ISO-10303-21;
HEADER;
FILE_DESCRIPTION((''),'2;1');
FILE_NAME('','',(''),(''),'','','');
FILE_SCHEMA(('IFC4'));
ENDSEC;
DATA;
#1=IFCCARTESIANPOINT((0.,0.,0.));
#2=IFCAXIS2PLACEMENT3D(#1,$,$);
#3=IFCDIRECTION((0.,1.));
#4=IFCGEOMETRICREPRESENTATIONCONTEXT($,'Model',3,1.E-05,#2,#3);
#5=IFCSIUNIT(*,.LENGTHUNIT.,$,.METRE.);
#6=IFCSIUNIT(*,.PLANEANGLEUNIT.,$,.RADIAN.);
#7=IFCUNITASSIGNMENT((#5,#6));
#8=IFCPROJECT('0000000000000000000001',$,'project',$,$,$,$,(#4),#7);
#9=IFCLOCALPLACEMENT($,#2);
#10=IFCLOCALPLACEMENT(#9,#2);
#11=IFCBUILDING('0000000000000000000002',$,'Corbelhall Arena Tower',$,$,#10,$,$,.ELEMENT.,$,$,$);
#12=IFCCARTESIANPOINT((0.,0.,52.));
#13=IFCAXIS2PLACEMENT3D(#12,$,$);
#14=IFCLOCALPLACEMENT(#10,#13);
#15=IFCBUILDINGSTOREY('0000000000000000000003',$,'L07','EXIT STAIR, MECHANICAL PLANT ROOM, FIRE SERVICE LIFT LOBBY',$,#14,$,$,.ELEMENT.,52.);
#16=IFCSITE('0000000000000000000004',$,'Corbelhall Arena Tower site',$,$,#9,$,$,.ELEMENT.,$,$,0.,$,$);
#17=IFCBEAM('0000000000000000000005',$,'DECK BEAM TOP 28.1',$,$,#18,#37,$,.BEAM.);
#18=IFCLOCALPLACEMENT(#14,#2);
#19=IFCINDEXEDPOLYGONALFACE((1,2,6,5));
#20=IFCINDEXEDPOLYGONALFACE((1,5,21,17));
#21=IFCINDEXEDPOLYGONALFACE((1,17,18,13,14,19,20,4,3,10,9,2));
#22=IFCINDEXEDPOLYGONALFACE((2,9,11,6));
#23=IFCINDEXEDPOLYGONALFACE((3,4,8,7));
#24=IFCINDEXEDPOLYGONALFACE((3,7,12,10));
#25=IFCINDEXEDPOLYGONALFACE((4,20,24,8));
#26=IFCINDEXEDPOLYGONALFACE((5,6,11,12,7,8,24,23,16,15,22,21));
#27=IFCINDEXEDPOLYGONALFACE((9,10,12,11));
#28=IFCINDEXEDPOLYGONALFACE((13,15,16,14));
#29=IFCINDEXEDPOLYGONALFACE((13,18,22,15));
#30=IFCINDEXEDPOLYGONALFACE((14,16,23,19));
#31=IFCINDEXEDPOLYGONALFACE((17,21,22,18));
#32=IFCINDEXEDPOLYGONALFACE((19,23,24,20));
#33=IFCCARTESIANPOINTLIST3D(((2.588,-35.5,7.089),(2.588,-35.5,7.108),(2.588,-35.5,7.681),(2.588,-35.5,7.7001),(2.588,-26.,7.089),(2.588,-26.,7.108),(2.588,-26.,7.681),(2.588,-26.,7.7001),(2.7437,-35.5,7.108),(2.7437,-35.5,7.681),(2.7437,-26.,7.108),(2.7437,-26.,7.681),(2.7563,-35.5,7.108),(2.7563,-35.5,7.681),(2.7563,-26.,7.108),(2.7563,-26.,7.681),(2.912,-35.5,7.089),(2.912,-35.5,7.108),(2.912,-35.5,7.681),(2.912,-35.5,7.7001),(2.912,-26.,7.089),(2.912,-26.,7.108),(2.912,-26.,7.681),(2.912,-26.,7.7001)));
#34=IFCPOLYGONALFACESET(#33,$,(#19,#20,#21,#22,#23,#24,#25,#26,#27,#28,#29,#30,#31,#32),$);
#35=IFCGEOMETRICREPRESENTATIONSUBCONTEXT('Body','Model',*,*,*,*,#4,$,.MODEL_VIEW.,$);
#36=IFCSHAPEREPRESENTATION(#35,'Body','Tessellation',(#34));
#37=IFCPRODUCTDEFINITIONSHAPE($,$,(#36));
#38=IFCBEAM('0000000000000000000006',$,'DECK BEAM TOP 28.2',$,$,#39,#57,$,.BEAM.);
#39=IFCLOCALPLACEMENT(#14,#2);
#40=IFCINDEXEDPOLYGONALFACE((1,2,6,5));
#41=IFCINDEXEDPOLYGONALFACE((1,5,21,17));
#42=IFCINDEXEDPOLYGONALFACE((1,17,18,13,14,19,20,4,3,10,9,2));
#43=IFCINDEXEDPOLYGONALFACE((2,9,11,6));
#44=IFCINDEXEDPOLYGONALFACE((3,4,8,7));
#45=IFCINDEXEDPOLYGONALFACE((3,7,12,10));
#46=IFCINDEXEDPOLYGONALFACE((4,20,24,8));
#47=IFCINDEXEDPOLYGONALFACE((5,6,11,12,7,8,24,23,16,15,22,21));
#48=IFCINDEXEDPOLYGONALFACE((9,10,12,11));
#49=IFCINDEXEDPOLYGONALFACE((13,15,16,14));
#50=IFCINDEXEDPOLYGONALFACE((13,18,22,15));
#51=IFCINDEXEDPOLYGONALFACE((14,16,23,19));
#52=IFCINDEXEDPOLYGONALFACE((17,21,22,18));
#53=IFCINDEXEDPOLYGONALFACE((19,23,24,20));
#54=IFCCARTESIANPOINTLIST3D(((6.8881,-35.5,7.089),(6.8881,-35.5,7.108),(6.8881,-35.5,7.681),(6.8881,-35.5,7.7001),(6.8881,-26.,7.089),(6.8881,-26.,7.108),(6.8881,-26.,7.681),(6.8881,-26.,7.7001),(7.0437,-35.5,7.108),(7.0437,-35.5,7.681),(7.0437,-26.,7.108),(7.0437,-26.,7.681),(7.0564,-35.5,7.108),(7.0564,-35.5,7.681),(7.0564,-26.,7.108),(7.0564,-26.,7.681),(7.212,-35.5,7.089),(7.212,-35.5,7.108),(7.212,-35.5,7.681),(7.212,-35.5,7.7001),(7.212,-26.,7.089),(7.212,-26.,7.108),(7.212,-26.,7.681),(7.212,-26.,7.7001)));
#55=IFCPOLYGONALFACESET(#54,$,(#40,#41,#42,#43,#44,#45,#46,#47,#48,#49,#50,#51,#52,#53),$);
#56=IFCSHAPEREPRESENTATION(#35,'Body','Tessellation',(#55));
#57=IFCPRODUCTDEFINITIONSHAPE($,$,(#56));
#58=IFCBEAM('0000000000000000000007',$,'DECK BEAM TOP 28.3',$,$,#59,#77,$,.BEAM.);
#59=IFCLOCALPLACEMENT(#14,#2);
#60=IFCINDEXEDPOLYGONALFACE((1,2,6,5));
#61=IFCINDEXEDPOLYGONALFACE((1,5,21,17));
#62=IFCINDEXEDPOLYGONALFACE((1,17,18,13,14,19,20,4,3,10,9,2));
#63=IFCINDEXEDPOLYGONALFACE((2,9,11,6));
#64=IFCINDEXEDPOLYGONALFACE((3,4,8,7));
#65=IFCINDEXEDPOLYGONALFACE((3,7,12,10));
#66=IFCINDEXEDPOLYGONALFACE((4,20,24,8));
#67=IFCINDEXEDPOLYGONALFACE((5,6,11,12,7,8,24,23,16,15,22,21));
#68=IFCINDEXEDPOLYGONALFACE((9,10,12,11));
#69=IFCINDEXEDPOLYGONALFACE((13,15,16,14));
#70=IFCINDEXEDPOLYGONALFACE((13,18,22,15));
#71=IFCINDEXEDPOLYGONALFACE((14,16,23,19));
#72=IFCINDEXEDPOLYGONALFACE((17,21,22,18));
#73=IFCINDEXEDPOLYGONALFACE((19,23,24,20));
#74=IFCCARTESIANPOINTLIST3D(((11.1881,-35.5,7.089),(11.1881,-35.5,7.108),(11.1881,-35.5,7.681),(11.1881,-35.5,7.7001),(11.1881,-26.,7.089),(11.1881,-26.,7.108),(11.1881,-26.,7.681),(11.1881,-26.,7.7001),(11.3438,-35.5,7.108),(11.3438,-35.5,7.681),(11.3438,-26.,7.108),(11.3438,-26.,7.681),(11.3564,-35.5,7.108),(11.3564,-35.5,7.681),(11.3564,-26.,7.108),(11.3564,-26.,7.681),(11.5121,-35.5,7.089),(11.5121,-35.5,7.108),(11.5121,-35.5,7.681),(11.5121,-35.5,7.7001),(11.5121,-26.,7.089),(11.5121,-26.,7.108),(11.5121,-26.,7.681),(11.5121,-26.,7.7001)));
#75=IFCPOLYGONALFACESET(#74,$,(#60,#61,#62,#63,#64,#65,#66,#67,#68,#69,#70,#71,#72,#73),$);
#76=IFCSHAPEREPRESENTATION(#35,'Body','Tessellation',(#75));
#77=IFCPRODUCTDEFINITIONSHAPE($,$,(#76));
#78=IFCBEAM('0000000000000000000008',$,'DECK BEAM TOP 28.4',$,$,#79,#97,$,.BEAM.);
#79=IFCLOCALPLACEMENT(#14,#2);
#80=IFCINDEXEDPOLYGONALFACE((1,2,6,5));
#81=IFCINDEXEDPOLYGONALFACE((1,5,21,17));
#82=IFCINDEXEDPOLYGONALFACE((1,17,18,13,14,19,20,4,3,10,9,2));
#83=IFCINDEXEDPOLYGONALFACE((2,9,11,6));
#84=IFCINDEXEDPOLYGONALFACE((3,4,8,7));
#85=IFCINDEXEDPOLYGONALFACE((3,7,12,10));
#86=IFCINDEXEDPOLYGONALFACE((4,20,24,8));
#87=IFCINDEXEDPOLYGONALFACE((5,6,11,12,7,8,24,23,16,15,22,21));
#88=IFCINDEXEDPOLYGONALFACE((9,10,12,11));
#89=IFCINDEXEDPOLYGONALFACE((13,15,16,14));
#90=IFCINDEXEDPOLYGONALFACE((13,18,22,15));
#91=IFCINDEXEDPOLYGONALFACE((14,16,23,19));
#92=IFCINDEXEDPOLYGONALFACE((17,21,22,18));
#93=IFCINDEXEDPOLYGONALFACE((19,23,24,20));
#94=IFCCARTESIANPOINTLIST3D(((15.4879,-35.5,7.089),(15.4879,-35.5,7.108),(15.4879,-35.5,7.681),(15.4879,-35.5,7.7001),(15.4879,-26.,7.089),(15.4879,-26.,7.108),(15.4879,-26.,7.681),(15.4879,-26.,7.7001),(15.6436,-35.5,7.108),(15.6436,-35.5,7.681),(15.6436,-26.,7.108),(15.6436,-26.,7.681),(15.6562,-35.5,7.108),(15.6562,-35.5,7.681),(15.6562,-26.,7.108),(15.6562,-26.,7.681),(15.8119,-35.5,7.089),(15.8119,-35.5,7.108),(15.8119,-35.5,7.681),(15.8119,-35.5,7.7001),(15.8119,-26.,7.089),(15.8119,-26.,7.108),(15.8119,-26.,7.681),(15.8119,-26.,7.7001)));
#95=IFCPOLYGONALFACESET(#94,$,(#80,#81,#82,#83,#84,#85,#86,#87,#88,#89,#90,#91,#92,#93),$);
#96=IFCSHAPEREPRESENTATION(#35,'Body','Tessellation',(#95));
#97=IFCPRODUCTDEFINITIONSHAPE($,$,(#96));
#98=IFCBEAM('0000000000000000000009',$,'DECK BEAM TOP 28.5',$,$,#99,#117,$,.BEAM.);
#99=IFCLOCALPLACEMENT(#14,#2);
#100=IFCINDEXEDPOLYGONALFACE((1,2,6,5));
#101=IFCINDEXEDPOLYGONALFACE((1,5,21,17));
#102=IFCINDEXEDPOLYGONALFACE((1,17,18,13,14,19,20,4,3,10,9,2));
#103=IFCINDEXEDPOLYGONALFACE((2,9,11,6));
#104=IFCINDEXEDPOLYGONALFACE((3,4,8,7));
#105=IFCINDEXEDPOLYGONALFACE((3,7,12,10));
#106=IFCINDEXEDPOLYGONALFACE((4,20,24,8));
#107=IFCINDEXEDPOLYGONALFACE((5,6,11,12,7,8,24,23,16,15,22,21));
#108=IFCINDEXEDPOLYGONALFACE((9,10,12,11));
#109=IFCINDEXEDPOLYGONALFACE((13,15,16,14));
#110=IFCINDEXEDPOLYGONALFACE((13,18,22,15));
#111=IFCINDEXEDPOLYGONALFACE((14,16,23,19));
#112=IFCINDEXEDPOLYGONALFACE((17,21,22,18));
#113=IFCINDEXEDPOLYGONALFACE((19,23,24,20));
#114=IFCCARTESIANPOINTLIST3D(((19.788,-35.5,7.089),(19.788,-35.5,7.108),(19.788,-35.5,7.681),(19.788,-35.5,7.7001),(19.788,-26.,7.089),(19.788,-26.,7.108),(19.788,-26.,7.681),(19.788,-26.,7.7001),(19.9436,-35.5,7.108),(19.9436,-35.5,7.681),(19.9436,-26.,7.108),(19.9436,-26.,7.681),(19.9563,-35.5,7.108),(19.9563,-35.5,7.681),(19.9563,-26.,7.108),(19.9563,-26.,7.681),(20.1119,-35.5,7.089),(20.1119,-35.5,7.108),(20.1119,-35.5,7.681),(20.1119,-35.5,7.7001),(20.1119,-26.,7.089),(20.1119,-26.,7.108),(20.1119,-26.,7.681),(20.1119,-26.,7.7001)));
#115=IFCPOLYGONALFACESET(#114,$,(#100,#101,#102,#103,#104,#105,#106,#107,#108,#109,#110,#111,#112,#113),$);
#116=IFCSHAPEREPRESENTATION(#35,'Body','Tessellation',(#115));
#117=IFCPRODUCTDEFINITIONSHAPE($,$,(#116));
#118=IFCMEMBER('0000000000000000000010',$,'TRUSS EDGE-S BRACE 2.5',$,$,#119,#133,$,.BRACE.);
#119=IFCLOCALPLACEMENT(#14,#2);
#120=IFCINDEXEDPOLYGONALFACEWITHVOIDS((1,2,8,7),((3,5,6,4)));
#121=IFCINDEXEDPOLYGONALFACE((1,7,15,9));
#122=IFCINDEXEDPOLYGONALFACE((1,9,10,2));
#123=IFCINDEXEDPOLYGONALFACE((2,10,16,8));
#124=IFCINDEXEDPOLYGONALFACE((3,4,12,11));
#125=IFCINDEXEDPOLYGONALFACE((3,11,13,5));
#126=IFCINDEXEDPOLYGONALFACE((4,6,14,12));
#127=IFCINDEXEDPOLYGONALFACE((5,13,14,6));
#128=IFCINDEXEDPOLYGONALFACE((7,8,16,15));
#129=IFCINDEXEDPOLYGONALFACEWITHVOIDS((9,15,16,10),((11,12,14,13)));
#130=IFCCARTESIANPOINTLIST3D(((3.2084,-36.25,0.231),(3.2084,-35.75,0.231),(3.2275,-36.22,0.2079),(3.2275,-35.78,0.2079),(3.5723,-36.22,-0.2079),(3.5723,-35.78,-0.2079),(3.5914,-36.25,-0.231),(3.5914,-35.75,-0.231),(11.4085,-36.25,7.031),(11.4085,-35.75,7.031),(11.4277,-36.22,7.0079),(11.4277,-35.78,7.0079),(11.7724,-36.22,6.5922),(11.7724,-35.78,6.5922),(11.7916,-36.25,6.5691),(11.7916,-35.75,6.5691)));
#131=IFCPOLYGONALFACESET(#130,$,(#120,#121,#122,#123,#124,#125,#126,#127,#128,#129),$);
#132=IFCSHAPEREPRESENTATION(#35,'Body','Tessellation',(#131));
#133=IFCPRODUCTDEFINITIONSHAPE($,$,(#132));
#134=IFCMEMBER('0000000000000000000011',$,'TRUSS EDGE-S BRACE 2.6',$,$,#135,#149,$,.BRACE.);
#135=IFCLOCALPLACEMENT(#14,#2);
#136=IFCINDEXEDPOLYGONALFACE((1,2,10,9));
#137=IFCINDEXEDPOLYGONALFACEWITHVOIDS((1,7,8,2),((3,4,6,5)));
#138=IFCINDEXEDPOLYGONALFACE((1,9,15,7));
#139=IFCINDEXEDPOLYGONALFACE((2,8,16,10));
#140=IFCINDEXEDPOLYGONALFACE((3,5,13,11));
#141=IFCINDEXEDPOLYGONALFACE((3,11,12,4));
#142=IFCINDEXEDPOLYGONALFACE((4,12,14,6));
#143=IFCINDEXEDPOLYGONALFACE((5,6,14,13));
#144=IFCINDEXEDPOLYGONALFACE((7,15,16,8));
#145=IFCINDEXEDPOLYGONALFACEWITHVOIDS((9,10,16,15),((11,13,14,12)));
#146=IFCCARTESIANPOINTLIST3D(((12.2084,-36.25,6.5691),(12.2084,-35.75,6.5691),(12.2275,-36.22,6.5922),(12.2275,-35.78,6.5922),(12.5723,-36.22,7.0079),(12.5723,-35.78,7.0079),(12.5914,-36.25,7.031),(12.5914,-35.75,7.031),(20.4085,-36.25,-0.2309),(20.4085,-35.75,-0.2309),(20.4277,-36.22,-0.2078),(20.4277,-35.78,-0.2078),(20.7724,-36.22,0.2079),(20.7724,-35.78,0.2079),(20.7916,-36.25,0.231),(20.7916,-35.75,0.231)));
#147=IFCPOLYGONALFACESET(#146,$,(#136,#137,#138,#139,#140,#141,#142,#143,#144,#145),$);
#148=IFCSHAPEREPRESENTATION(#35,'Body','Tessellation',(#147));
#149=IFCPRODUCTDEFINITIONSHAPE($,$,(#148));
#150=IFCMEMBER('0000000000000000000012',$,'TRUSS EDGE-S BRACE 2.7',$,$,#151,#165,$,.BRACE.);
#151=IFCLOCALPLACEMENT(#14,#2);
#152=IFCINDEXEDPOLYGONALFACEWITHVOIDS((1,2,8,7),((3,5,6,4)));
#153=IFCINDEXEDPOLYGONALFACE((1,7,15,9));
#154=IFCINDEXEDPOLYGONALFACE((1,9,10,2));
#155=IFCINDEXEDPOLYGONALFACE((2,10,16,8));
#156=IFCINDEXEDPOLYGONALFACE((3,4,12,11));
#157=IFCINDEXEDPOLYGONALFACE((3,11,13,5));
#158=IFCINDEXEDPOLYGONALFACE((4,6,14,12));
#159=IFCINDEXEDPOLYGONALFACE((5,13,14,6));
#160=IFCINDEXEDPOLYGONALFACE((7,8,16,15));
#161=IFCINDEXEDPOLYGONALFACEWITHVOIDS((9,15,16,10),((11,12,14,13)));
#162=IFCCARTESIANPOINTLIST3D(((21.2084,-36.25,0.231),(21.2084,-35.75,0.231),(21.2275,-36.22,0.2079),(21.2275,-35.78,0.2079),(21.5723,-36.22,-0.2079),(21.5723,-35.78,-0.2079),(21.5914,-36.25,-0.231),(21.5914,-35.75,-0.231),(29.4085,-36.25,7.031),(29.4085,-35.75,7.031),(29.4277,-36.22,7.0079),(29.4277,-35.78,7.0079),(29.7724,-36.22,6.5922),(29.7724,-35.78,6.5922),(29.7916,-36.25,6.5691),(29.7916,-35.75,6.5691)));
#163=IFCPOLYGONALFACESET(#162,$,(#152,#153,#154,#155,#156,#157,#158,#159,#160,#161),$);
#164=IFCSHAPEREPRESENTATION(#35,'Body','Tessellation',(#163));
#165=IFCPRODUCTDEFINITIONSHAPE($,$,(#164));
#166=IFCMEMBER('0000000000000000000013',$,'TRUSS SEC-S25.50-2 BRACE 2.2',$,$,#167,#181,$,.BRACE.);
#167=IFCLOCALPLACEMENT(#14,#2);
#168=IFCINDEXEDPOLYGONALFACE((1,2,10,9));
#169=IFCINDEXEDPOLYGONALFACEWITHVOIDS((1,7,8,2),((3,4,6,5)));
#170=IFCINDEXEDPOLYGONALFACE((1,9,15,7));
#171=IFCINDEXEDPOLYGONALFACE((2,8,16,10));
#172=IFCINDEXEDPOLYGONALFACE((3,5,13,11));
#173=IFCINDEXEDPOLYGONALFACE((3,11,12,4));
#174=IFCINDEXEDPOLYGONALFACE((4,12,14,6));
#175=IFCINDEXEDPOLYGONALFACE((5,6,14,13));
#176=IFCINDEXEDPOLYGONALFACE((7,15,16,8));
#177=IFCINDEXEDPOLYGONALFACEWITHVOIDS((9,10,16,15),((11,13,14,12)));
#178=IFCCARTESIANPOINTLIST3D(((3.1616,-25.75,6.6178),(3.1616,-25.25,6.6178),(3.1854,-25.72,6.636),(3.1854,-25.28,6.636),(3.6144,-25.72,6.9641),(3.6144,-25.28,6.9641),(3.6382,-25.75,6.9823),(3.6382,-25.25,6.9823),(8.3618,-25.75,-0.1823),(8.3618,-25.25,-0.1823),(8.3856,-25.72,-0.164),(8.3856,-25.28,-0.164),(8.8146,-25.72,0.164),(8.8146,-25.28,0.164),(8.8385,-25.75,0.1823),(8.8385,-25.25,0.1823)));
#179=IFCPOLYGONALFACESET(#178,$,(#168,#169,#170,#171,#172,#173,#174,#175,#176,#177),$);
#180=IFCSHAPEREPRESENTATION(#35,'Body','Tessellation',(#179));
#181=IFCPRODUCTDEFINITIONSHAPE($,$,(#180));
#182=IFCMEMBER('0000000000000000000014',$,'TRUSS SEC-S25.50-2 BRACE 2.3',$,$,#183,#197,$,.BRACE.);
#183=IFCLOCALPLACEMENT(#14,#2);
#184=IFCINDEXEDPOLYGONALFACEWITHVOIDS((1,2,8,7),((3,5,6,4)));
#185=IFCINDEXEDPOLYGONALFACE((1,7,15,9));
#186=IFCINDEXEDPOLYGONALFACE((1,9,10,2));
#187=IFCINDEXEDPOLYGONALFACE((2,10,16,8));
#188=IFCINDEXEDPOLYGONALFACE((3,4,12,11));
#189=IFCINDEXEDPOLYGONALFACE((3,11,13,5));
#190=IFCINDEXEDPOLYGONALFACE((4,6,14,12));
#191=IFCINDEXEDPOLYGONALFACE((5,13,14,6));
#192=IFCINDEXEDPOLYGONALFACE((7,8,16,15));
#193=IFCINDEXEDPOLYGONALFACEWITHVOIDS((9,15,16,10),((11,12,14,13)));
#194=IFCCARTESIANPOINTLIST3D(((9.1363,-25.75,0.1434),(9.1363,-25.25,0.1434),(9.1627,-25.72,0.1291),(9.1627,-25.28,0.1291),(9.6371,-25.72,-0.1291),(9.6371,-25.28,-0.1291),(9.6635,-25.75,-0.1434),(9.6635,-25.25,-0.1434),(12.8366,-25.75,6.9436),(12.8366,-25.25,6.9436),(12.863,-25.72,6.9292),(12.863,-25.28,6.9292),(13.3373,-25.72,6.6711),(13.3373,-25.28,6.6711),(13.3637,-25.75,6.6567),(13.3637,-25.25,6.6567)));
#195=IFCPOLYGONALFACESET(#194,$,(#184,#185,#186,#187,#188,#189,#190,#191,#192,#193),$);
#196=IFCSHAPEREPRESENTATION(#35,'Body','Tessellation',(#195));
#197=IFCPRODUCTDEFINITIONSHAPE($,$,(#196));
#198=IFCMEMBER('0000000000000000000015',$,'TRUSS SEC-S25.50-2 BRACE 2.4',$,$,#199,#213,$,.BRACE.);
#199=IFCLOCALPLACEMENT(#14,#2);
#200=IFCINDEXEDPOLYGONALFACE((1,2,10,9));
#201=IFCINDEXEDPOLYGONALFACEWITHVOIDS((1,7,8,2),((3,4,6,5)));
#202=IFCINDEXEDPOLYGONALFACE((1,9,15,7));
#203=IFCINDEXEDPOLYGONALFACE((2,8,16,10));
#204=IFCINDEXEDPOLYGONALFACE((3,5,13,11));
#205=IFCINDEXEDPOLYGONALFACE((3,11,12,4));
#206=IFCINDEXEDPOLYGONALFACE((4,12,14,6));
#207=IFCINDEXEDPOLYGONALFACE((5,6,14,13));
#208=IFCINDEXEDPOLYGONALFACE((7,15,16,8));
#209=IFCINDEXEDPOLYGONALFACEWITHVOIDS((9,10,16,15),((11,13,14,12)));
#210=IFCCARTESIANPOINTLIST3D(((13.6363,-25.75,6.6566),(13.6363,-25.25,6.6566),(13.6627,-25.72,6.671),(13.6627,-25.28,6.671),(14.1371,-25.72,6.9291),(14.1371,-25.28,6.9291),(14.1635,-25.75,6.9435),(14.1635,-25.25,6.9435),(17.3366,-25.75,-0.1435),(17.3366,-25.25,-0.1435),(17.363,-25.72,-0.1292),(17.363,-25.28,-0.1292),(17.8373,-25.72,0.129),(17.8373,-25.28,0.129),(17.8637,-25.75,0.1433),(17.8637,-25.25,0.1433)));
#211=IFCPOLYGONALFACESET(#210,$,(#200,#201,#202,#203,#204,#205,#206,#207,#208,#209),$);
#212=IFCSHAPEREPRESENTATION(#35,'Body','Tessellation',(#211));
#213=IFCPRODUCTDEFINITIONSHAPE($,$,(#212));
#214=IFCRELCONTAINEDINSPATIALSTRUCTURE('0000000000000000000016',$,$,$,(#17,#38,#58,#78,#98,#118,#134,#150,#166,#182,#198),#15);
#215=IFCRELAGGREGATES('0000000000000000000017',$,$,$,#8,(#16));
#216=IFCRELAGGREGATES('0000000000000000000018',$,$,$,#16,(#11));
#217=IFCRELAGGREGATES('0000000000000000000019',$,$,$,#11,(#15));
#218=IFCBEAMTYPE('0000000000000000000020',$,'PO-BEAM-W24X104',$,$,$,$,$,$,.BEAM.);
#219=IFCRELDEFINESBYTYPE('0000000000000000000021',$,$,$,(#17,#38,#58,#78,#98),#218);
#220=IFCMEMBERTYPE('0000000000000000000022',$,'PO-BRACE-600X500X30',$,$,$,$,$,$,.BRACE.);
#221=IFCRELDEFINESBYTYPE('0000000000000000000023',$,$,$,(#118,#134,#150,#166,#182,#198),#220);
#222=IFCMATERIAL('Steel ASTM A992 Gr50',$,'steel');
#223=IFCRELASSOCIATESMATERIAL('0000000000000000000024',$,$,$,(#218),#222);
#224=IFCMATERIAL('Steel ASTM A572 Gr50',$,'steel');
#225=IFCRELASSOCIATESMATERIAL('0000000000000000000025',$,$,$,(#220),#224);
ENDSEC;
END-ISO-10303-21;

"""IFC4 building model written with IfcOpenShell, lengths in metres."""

from ifc_helpers import new_model, si_unit, direction, frame, origin, origin_2d, place, context, subcontext, project, spatial, hollow_rectangle, i_section, extrude, material, material_profile, profile_set, type_object, element, save


model = new_model("IFC4")

# Units and contexts
model_context = context("Model", 3, precision=1e-05, world=origin(), true_north=direction((0.0, 1.0)))
body_context = subcontext(model_context, "Body", "Model", "MODEL_VIEW")
ifc_project = project(units=[si_unit("LENGTHUNIT", "METRE"), si_unit("PLANEANGLEUNIT", "RADIAN")], contexts=[model_context])

# Site, building, storey
site_placement = place(None, origin())
site = spatial("IfcSite", under=ifc_project, at=site_placement, Name="Corbelhall Arena Tower site", CompositionType="ELEMENT", RefElevation=0.0)
building_placement = place(site_placement, origin())
building = spatial("IfcBuilding", under=site, at=building_placement, Name="Corbelhall Arena Tower", CompositionType="ELEMENT")
storey_placement = place(building_placement, frame((0.0, 0.0, 52.0)))
storey = spatial("IfcBuildingStorey", under=building, at=storey_placement, Name="L07", Description="EXIT STAIR, MECHANICAL PLANT ROOM, FIRE SERVICE LIFT LOBBY", CompositionType="ELEMENT", Elevation=52.0)

# Beams
ifc_material_1 = material(Name="Steel ASTM A992 Gr50", Category="steel")
ifc_material_profile_1 = material_profile(ifc_material_1, i_section(OverallWidth=0.324, OverallDepth=0.6111, WebThickness=0.0127, FlangeThickness=0.019, at=origin_2d()))
ifc_profile_set_1 = profile_set([ifc_material_profile_1], Name="Steel ASTM A992 Gr50")
beam_type = type_object("IfcBeamType", Name="PO-BEAM-W24X104", PredefinedType="BEAM", material=ifc_profile_set_1)
for number, where, z_axis, x_axis, name in (
    (1, (2.75, -35.5, 7.3945), (0.0, 1.0, 0.0), (-1.0, 0.0, 0.0), "DECK BEAM TOP 28.1"),
    (2, (7.05, -35.5, 7.3945), (0.0, 1.0, 0.0), (-1.0, 0.0, 0.0), "DECK BEAM TOP 28.2"),
    (3, (11.3501, -35.5, 7.3945), (0.0, 1.0, 0.0), (-1.0, 0.0, 0.0), "DECK BEAM TOP 28.3"),
    (4, (15.6499, -35.5, 7.3945), (0.0, 1.0, 0.0), (-1.0, 0.0, 0.0), "DECK BEAM TOP 28.4"),
    (5, (19.95, -35.5, 7.3945), (0.0, 1.0, 0.0), (-1.0, 0.0, 0.0), "DECK BEAM TOP 28.5"),
):
    element("IfcBeam", number, at=place(storey_placement, frame(where, z_axis=z_axis, x_axis=x_axis)), inside=storey, type_object=beam_type, Name=name, PredefinedType="BEAM", context=body_context, shape_type="SweptSolid", body=[
        extrude(i_section(OverallWidth=0.324, OverallDepth=0.6111, WebThickness=0.0127, FlangeThickness=0.019, at=origin_2d()), origin(), (0.0, 0.0, 1.0), 9.5),
    ])

# Members
ifc_material_2 = material(Name="Steel ASTM A572 Gr50", Category="steel")
ifc_material_profile_2 = material_profile(ifc_material_2, hollow_rectangle(XDim=0.5, YDim=0.6001, WallThickness=0.03, at=origin_2d()))
ifc_profile_set_2 = profile_set([ifc_material_profile_2], Name="Steel ASTM A572 Gr50")
member_type_1 = type_object("IfcMemberType", Name="PO-BRACE-600X500X30", PredefinedType="BRACE", material=ifc_profile_set_2)
for number, where, z_axis, x_axis, name in (
    (6, (3.3999, -36.0, 0.0), (0.769763, 0.0, 0.63833), (0.0, 1.0, 0.0), "TRUSS EDGE-S BRACE 2.5"),
    (7, (12.3999, -36.0, 6.8), (0.769763, 0.0, -0.63833), (0.0, 1.0, 0.0), "TRUSS EDGE-S BRACE 2.6"),
    (8, (21.3999, -36.0, 0.0), (0.769763, 0.0, 0.63833), (0.0, 1.0, 0.0), "TRUSS EDGE-S BRACE 2.7"),
):
    element("IfcMember", number, at=place(storey_placement, frame(where, z_axis=z_axis, x_axis=x_axis)), inside=storey, type_object=member_type_1, Name=name, PredefinedType="BRACE", context=body_context, shape_type="SweptSolid", body=[
        extrude(hollow_rectangle(XDim=0.5, YDim=0.6001, WallThickness=0.03, at=origin_2d()), origin(), (0.0, 0.0, 1.0), 10.6528),
    ])
member_1_placement = place(storey_placement, frame((3.3999, -25.5, 6.8), z_axis=(0.607462, 0.0, -0.794349), x_axis=(0.0, 1.0, 0.0)))
element("IfcMember", 9, at=member_1_placement, inside=storey, type_object=member_type_1, Name="TRUSS SEC-S25.50-2 BRACE 2.2", PredefinedType="BRACE", context=body_context, shape_type="SweptSolid", body=[
    extrude(hollow_rectangle(XDim=0.5, YDim=0.6001, WallThickness=0.03, at=origin_2d()), origin(), (0.0, 0.0, 1.0), 8.5605),
])
for number, where, z_axis, x_axis, name in (
    (10, (9.3999, -25.5, 0.0), (0.477964, 0.0, 0.87838), (0.0, 1.0, 0.0), "TRUSS SEC-S25.50-2 BRACE 2.3"),
    (11, (13.8999, -25.5, 6.8), (0.477964, 0.0, -0.87838), (0.0, 1.0, 0.0), "TRUSS SEC-S25.50-2 BRACE 2.4"),
):
    element("IfcMember", number, at=place(storey_placement, frame(where, z_axis=z_axis, x_axis=x_axis)), inside=storey, type_object=member_type_1, Name=name, PredefinedType="BRACE", context=body_context, shape_type="SweptSolid", body=[
        extrude(hollow_rectangle(XDim=0.5, YDim=0.6001, WallThickness=0.03, at=origin_2d()), origin(), (0.0, 0.0, 1.0), 7.7417),
    ])

save(model, "model.ifc")
